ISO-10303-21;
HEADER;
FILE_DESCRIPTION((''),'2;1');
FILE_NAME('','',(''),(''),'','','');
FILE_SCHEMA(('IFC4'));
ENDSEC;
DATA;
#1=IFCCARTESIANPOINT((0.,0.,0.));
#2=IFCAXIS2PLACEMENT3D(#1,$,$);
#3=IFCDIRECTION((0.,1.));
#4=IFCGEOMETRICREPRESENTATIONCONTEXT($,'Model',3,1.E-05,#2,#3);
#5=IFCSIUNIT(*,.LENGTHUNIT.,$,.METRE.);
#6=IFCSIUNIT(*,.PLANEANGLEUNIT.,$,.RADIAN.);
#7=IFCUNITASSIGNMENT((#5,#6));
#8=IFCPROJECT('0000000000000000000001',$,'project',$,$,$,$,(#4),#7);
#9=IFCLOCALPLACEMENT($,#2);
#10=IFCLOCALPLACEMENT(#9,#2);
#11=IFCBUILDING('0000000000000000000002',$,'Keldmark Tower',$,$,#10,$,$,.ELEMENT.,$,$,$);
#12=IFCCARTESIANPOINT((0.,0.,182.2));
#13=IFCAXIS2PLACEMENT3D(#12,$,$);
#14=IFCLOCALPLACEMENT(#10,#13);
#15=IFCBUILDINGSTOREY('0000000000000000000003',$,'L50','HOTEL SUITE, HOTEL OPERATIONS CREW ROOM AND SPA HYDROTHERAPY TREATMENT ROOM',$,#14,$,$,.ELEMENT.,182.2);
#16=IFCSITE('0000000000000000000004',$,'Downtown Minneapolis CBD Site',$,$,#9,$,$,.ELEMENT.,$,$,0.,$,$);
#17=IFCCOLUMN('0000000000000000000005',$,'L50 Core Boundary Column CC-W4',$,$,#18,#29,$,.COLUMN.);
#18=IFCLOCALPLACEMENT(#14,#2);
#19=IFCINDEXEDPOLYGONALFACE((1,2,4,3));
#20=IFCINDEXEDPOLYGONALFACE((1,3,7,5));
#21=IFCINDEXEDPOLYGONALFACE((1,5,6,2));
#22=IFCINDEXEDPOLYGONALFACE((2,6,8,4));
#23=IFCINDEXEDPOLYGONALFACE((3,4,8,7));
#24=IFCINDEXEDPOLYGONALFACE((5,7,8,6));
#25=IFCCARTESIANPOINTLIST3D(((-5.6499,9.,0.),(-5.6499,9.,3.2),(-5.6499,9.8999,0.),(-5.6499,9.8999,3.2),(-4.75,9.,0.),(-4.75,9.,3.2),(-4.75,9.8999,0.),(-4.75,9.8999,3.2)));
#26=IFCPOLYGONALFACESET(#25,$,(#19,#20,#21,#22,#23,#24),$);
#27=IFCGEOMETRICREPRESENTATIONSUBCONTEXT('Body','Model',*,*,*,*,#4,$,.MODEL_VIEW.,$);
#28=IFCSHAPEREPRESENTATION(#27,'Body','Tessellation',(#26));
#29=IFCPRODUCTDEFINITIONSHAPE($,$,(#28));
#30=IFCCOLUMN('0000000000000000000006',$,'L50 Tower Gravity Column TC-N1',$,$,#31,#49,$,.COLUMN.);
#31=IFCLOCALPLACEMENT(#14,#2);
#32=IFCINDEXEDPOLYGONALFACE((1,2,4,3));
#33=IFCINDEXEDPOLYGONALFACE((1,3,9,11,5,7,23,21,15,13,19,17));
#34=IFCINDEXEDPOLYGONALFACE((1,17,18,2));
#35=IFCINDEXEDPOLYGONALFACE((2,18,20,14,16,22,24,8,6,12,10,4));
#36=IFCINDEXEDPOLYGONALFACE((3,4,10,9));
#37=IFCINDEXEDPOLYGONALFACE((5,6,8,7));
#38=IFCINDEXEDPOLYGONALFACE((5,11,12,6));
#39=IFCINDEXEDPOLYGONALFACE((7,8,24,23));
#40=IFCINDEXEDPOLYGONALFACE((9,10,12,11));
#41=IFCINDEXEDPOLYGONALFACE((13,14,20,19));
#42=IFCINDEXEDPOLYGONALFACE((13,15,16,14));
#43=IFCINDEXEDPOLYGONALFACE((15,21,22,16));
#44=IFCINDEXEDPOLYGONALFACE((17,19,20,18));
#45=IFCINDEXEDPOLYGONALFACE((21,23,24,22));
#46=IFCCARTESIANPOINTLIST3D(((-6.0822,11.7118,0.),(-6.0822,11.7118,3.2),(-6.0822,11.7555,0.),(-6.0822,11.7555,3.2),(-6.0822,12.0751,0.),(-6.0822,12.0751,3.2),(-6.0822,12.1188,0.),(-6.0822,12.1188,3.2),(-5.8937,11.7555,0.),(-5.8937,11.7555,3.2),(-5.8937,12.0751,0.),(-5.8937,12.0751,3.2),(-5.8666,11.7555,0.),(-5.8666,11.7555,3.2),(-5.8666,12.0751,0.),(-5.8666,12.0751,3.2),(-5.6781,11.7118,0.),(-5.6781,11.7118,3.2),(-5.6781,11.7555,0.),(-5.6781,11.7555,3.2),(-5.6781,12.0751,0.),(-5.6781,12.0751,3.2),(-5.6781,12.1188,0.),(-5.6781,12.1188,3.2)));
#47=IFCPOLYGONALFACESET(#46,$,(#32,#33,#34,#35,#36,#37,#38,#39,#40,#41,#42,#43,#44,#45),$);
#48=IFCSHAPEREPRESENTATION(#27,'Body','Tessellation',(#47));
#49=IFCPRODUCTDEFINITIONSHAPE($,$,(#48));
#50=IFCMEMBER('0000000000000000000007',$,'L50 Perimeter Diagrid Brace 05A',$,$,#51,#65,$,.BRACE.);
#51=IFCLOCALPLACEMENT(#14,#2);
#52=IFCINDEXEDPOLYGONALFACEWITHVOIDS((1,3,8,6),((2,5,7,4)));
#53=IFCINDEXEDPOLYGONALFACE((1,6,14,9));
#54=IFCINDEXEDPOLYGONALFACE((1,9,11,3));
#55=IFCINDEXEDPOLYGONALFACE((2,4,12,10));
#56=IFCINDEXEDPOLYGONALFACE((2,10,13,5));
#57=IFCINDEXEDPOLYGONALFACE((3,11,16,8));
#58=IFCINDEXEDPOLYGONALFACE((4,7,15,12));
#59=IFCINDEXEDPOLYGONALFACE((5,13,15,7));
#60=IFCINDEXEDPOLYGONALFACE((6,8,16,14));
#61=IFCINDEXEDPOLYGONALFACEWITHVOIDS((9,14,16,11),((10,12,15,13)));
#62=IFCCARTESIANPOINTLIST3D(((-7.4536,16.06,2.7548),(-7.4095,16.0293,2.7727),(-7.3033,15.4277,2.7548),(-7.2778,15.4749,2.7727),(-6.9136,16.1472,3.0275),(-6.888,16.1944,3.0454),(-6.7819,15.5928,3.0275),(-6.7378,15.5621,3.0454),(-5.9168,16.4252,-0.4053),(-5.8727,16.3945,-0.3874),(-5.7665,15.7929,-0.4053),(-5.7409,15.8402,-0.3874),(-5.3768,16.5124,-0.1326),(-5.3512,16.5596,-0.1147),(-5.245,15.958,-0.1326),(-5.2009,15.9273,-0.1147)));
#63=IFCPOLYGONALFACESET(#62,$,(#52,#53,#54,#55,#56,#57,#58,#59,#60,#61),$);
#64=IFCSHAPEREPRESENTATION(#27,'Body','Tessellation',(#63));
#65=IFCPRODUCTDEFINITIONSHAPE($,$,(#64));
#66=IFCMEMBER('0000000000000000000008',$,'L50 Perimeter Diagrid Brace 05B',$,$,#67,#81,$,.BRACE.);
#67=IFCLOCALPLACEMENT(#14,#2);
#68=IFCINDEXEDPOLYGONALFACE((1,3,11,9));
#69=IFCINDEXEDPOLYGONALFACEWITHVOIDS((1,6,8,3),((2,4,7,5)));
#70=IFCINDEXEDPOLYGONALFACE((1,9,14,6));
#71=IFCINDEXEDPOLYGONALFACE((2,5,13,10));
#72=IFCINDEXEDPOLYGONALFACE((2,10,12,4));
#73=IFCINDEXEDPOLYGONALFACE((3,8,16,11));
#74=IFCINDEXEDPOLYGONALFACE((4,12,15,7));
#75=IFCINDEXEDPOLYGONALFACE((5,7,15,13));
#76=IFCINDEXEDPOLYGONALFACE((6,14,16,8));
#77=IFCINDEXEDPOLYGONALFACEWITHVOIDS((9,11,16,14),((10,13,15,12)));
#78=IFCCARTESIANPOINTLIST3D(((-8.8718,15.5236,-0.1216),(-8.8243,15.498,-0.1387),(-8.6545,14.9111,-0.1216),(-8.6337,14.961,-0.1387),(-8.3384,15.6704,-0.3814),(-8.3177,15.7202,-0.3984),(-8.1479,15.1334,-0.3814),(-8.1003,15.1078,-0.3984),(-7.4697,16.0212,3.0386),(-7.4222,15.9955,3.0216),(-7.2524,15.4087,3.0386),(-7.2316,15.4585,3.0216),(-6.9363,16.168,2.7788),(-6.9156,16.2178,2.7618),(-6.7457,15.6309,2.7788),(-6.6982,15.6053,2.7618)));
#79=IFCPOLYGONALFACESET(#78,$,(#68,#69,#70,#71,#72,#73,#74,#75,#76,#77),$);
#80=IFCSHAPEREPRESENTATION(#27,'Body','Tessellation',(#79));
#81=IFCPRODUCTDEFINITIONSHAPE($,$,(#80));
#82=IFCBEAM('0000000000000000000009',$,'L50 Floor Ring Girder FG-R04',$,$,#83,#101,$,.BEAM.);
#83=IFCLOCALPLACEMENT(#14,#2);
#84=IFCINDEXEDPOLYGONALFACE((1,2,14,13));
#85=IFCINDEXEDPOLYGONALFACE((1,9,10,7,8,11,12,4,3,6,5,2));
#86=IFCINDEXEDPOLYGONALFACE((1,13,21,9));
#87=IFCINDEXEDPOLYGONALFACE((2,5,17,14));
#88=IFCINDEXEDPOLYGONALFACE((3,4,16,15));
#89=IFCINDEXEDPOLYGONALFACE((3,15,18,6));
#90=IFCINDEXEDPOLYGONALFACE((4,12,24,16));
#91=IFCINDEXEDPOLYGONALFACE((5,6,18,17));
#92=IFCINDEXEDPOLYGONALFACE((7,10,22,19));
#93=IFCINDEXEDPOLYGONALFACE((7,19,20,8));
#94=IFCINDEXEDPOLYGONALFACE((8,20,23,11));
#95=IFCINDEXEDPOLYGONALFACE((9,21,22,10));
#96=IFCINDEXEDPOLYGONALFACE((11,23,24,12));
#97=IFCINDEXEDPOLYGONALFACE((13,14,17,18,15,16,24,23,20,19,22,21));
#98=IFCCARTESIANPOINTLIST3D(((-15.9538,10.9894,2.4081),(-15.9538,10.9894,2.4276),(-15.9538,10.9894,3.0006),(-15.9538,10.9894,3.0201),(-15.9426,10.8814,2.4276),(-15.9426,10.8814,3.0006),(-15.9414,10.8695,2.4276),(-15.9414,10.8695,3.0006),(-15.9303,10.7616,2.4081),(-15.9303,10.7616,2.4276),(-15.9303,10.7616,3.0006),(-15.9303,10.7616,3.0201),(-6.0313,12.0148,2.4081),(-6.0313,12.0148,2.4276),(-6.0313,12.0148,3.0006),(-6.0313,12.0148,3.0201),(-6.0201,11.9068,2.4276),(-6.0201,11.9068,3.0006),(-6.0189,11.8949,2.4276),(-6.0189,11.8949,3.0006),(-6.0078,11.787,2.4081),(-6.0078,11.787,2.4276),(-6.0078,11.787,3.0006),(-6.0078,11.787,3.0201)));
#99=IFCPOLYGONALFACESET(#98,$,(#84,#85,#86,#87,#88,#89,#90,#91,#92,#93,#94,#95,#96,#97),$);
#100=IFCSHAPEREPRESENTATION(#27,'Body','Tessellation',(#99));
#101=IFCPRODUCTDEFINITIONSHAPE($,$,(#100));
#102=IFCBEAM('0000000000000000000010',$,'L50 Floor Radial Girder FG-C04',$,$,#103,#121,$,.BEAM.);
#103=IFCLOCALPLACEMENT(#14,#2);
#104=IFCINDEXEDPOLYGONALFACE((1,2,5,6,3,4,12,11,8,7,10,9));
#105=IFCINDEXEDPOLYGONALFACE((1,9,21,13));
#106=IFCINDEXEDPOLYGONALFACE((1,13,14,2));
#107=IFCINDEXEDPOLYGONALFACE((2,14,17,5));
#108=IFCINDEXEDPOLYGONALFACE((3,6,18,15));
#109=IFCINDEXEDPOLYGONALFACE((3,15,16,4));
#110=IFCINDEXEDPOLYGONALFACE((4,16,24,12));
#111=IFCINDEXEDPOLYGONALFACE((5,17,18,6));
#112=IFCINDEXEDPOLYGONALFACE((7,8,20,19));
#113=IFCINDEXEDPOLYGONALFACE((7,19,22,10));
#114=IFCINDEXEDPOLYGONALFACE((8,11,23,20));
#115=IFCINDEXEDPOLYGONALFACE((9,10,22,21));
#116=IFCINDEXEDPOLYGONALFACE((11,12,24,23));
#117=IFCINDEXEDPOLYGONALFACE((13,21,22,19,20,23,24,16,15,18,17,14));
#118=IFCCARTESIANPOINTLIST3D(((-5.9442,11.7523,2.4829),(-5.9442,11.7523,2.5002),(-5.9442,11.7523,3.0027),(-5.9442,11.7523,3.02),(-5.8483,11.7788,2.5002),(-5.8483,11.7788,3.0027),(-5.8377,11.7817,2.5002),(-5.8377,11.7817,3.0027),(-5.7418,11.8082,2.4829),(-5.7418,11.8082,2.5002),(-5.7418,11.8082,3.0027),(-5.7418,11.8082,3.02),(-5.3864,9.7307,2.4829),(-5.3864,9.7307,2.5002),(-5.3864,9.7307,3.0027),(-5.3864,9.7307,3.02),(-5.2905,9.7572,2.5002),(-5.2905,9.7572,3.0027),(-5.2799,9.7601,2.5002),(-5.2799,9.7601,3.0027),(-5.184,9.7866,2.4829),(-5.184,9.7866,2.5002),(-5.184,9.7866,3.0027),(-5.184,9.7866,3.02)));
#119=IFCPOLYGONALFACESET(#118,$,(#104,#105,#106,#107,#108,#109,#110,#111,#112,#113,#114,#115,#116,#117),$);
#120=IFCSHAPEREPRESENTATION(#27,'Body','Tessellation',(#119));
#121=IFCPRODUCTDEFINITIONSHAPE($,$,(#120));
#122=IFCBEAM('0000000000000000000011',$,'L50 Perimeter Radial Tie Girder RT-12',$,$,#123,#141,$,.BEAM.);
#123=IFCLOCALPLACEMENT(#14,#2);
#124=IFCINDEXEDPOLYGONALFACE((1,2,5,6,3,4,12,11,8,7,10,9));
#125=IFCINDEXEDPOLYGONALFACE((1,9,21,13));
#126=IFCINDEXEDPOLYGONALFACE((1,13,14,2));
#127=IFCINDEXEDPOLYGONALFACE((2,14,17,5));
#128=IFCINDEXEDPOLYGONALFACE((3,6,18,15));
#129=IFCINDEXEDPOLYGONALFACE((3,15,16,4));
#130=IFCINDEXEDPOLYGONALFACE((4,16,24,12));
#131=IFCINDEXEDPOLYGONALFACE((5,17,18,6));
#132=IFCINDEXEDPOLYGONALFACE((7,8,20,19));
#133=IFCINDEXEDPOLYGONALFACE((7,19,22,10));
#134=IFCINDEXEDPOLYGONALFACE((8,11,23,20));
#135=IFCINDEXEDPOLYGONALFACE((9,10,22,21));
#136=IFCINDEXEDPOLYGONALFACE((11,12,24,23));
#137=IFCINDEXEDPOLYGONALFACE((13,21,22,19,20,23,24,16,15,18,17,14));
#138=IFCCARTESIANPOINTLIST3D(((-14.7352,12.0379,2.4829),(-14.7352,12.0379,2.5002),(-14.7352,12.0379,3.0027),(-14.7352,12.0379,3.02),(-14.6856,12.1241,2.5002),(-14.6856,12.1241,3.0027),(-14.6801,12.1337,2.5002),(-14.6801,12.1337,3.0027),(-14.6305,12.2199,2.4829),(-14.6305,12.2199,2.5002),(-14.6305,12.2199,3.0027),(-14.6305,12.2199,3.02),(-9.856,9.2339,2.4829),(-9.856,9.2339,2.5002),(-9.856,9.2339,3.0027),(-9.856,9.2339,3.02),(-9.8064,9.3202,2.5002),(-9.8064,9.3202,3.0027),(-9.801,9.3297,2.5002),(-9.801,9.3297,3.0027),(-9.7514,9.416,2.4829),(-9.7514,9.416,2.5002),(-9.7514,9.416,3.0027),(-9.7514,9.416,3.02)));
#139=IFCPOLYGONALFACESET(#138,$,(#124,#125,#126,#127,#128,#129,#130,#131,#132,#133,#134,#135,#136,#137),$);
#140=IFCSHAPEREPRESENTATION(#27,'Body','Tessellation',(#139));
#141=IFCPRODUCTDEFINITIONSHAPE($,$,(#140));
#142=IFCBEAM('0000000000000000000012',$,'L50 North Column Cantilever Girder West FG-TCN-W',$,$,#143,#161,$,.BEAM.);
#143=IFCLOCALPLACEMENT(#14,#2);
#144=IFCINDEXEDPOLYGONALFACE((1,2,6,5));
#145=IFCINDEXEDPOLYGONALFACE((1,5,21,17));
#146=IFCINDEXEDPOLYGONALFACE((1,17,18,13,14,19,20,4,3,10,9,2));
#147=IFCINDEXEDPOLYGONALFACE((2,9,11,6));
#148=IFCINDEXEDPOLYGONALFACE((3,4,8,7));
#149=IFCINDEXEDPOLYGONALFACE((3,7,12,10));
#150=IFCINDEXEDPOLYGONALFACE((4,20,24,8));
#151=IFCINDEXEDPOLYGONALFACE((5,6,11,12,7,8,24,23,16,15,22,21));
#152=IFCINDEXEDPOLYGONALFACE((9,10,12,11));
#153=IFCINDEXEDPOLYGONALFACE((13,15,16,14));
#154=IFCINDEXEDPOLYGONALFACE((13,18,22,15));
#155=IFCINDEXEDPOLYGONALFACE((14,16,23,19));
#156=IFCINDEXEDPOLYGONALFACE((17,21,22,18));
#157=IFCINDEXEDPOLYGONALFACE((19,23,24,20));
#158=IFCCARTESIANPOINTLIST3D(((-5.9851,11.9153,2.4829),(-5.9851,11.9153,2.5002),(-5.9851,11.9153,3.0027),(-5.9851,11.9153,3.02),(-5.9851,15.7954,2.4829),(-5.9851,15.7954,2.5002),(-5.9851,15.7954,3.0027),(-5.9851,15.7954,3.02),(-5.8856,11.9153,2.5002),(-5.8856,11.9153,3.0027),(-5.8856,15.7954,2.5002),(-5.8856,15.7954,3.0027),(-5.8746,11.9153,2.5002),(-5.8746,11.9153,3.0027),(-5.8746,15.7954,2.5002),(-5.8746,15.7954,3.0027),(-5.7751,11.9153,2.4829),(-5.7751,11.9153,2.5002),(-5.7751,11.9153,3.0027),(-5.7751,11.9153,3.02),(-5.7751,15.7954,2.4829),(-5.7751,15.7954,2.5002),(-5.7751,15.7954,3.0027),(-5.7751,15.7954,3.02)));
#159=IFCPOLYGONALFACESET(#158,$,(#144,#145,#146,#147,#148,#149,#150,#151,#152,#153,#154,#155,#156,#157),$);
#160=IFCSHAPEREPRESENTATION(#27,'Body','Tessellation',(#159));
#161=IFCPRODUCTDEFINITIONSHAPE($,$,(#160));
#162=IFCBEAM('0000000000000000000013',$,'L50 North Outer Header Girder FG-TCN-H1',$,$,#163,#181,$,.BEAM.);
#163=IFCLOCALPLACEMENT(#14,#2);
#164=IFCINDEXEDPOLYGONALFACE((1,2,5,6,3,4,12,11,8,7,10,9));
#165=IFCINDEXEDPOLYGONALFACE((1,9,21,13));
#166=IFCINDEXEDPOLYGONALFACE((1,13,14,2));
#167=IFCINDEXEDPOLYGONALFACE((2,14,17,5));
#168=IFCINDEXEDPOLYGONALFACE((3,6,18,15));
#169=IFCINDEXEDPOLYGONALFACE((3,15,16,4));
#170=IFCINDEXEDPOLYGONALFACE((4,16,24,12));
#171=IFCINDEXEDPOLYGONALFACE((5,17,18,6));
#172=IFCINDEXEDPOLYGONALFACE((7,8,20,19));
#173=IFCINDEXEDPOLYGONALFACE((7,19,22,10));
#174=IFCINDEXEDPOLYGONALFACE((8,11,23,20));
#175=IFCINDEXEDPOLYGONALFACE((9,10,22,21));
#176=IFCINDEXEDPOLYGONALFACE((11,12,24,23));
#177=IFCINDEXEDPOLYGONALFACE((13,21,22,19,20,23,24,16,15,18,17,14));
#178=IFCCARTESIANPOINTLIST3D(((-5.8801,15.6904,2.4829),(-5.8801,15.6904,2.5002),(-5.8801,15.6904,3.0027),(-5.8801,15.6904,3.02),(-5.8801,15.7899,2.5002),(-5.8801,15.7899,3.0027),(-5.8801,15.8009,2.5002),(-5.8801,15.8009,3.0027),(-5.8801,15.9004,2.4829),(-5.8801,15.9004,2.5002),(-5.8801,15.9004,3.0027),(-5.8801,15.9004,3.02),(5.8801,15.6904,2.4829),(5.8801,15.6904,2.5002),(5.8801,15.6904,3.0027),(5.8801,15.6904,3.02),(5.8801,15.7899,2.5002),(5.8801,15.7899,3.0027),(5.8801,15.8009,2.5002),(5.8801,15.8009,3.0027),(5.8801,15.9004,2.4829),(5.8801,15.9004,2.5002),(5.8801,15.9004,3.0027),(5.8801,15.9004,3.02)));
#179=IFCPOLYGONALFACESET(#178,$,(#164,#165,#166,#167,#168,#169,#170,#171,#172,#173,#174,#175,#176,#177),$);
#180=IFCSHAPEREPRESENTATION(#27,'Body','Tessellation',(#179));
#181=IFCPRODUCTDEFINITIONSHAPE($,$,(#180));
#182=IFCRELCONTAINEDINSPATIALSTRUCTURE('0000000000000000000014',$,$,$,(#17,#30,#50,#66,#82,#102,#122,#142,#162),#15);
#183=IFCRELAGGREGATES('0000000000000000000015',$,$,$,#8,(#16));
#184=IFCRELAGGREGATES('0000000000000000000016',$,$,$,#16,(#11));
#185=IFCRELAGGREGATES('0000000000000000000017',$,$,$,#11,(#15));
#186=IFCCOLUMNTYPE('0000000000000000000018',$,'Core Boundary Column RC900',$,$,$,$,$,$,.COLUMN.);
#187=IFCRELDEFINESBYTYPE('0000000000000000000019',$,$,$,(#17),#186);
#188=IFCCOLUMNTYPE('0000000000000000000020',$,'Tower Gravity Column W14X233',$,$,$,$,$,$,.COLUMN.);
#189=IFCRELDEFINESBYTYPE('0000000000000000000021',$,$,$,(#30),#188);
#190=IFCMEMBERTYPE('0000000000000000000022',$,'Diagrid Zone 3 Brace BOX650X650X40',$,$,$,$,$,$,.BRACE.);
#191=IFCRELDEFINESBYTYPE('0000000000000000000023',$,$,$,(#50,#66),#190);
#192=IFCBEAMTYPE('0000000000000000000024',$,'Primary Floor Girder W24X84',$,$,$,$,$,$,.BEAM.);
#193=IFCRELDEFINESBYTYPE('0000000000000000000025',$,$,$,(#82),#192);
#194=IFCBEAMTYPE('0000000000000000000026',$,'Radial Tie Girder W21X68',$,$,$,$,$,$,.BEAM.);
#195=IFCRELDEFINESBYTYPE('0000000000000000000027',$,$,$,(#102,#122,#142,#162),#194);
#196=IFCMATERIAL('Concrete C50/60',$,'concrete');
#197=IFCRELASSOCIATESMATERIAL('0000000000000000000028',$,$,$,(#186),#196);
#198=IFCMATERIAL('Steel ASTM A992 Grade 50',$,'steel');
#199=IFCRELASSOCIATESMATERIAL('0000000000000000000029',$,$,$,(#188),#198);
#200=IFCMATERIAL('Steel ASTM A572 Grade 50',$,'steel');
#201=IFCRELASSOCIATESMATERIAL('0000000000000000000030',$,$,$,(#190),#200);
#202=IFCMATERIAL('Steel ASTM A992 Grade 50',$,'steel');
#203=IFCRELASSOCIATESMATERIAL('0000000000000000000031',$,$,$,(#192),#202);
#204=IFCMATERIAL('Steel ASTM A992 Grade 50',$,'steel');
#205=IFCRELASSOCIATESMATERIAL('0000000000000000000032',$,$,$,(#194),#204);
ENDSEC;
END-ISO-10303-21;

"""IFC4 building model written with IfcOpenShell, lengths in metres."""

from ifc_helpers import new_model, si_unit, direction, frame, origin, origin_2d, place, context, subcontext, project, spatial, rectangle, hollow_rectangle, i_section, extrude, material, material_profile, profile_set, type_object, element, save


model = new_model("IFC4")

# Units and contexts
model_context = context("Model", 3, precision=1e-05, world=origin(), true_north=direction((0.0, 1.0)))
body_context = subcontext(model_context, "Body", "Model", "MODEL_VIEW")
ifc_project = project(units=[si_unit("LENGTHUNIT", "METRE"), si_unit("PLANEANGLEUNIT", "RADIAN")], contexts=[model_context])

# Site, building, storey
site_placement = place(None, origin())
site = spatial("IfcSite", under=ifc_project, at=site_placement, Name="Downtown Minneapolis CBD Site", CompositionType="ELEMENT", RefElevation=0.0)
building_placement = place(site_placement, origin())
building = spatial("IfcBuilding", under=site, at=building_placement, Name="Keldmark Tower", CompositionType="ELEMENT")
storey_placement = place(building_placement, frame((0.0, 0.0, 182.2)))
storey = spatial("IfcBuildingStorey", under=building, at=storey_placement, Name="L50", Description="HOTEL SUITE, HOTEL OPERATIONS CREW ROOM AND SPA HYDROTHERAPY TREATMENT ROOM", CompositionType="ELEMENT", Elevation=182.2)

# Columns
ifc_material_1 = material(Name="Concrete C50/60", Category="concrete")
ifc_material_profile_1 = material_profile(ifc_material_1, rectangle(XDim=0.8999, YDim=0.8999, at=origin_2d()), Name="RC900X900")
ifc_profile_set_1 = profile_set([ifc_material_profile_1], Name="Concrete C50/60")
column_type_1 = type_object("IfcColumnType", Name="Core Boundary Column RC900", PredefinedType="COLUMN", material=ifc_profile_set_1)
column_1_placement = place(storey_placement, frame((-5.2, 9.45, 0.0), z_axis=(0.0, 0.0, 1.0), x_axis=(1.0, 0.0, 0.0)))
element("IfcColumn", 1, at=column_1_placement, inside=storey, type_object=column_type_1, Name="L50 Core Boundary Column CC-W4", PredefinedType="COLUMN", context=body_context, shape_type="SweptSolid", body=[
    extrude(rectangle(XDim=0.8999, YDim=0.8999, at=origin_2d()), origin(), (0.0, 0.0, 1.0), 3.2),
])
ifc_material_2 = material(Name="Steel ASTM A992 Grade 50", Category="steel")
ifc_material_profile_2 = material_profile(ifc_material_2, i_section(OverallWidth=0.4041, OverallDepth=0.407, WebThickness=0.0271, FlangeThickness=0.0437, at=origin_2d()), Name="W14X233")
ifc_profile_set_2 = profile_set([ifc_material_profile_2], Name="Steel ASTM A992 Grade 50")
column_type_2 = type_object("IfcColumnType", Name="Tower Gravity Column W14X233", PredefinedType="COLUMN", material=ifc_profile_set_2)
column_2_placement = place(storey_placement, frame((-5.8801, 11.9153, 0.0), z_axis=(0.0, 0.0, 1.0), x_axis=(1.0, 0.0, 0.0)))
element("IfcColumn", 2, at=column_2_placement, inside=storey, type_object=column_type_2, Name="L50 Tower Gravity Column TC-N1", PredefinedType="COLUMN", context=body_context, shape_type="SweptSolid", body=[
    extrude(i_section(OverallWidth=0.4041, OverallDepth=0.407, WebThickness=0.0271, FlangeThickness=0.0437, at=origin_2d()), origin(), (0.0, 0.0, 1.0), 3.2),
])

# Members
ifc_material_3 = material(Name="Steel ASTM A572 Grade 50", Category="steel")
ifc_material_profile_3 = material_profile(ifc_material_3, hollow_rectangle(XDim=0.6499, YDim=0.6499, WallThickness=0.04, at=origin_2d()), Name="BOX650X650X40")
ifc_profile_set_3 = profile_set([ifc_material_profile_3], Name="Steel ASTM A572 Grade 50")
member_type = type_object("IfcMemberType", Name="Diagrid Zone 3 Brace BOX650X650X40", PredefinedType="BRACE", material=ifc_profile_set_3)
member_1_placement = place(storey_placement, frame((-5.5588, 16.1763, -0.26), z_axis=(-0.435006, -0.103379, 0.894474), x_axis=(0.23121, -0.972904, 0.0)))
element("IfcMember", 3, at=member_1_placement, inside=storey, type_object=member_type, Name="L50 Perimeter Diagrid Brace 05A", PredefinedType="BRACE", context=body_context, shape_type="SweptSolid", body=[
    extrude(hollow_rectangle(XDim=0.6499, YDim=0.6499, WallThickness=0.04, at=origin_2d()), origin(), (0.0, 0.0, 1.0), 3.533),
])
member_2_placement = place(storey_placement, frame((-8.4861, 15.3157, -0.26), z_axis=(0.401419, 0.14245, 0.904749), x_axis=(-0.334433, 0.942419, 0.0)))
element("IfcMember", 4, at=member_2_placement, inside=storey, type_object=member_type, Name="L50 Perimeter Diagrid Brace 05B", PredefinedType="BRACE", context=body_context, shape_type="SweptSolid", body=[
    extrude(hollow_rectangle(XDim=0.6499, YDim=0.6499, WallThickness=0.04, at=origin_2d()), origin(), (0.0, 0.0, 1.0), 3.4929),
])

# Beams
ifc_material_4 = material(Name="Steel ASTM A992 Grade 50", Category="steel")
ifc_material_profile_4 = material_profile(ifc_material_4, i_section(OverallWidth=0.229, OverallDepth=0.6121, WebThickness=0.012, FlangeThickness=0.0195, at=origin_2d()), Name="W24X84")
ifc_profile_set_4 = profile_set([ifc_material_profile_4], Name="Steel ASTM A992 Grade 50")
beam_type_1 = type_object("IfcBeamType", Name="Primary Floor Girder W24X84", PredefinedType="BEAM", material=ifc_profile_set_4)
beam_1_placement = place(storey_placement, frame((-6.0195, 11.9009, 2.7141), z_axis=(-0.994703, -0.102791, 0.0), x_axis=(0.102791, -0.994703, 0.0)))
element("IfcBeam", 5, at=beam_1_placement, inside=storey, type_object=beam_type_1, Name="L50 Floor Ring Girder FG-R04", PredefinedType="BEAM", context=body_context, shape_type="SweptSolid", body=[
    extrude(i_section(OverallWidth=0.229, OverallDepth=0.6121, WebThickness=0.012, FlangeThickness=0.0195, at=origin_2d()), origin(), (0.0, 0.0, 1.0), 9.9753),
])
ifc_material_5 = material(Name="Steel ASTM A992 Grade 50", Category="steel")
ifc_material_profile_5 = material_profile(ifc_material_5, i_section(OverallWidth=0.21, OverallDepth=0.5371, WebThickness=0.011, FlangeThickness=0.0173, at=origin_2d()), Name="W21X68")
ifc_profile_set_5 = profile_set([ifc_material_profile_5], Name="Steel ASTM A992 Grade 50")
beam_type_2 = type_object("IfcBeamType", Name="Radial Tie Girder W21X68", PredefinedType="BEAM", material=ifc_profile_set_5)
beam_2_placement = place(storey_placement, frame((-5.843, 11.7803, 2.7515), z_axis=(0.265992, -0.963975, 0.0), x_axis=(0.963975, 0.265992, 0.0)))
element("IfcBeam", 6, at=beam_2_placement, inside=storey, type_object=beam_type_2, Name="L50 Floor Radial Girder FG-C04", PredefinedType="BEAM", context=body_context, shape_type="SweptSolid", body=[
    extrude(i_section(OverallWidth=0.21, OverallDepth=0.5371, WebThickness=0.011, FlangeThickness=0.0173, at=origin_2d()), origin(), (0.0, 0.0, 1.0), 2.0972),
])
beam_3_placement = place(storey_placement, frame((-9.8037, 9.325, 2.7515), z_axis=(-0.867026, 0.498263, 0.0), x_axis=(-0.498263, -0.867026, 0.0)))
element("IfcBeam", 7, at=beam_3_placement, inside=storey, type_object=beam_type_2, Name="L50 Perimeter Radial Tie Girder RT-12", PredefinedType="BEAM", context=body_context, shape_type="SweptSolid", body=[
    extrude(i_section(OverallWidth=0.21, OverallDepth=0.5371, WebThickness=0.011, FlangeThickness=0.0173, at=origin_2d()), origin(), (0.0, 0.0, 1.0), 5.6274),
])
beam_4_placement = place(storey_placement, frame((-5.8801, 11.9153, 2.7515), z_axis=(0.0, 1.0, 0.0), x_axis=(-1.0, 0.0, 0.0)))
element("IfcBeam", 8, at=beam_4_placement, inside=storey, type_object=beam_type_2, Name="L50 North Column Cantilever Girder West FG-TCN-W", PredefinedType="BEAM", context=body_context, shape_type="SweptSolid", body=[
    extrude(i_section(OverallWidth=0.21, OverallDepth=0.5371, WebThickness=0.011, FlangeThickness=0.0173, at=origin_2d()), origin(), (0.0, 0.0, 1.0), 3.8801),
])
for number, where, z_axis, x_axis, name in (
    (9, (-5.8801, 15.7954, 2.7515), (1.0, 0.0, 0.0), (0.0, 1.0, 0.0), "L50 North Outer Header Girder FG-TCN-H1"),
):
    element("IfcBeam", number, at=place(storey_placement, frame(where, z_axis=z_axis, x_axis=x_axis)), inside=storey, type_object=beam_type_2, Name=name, PredefinedType="BEAM", context=body_context, shape_type="SweptSolid", body=[
        extrude(i_section(OverallWidth=0.21, OverallDepth=0.5371, WebThickness=0.011, FlangeThickness=0.0173, at=origin_2d()), origin(), (0.0, 0.0, 1.0), 11.7603),
    ])

save(model, "model.ifc")
